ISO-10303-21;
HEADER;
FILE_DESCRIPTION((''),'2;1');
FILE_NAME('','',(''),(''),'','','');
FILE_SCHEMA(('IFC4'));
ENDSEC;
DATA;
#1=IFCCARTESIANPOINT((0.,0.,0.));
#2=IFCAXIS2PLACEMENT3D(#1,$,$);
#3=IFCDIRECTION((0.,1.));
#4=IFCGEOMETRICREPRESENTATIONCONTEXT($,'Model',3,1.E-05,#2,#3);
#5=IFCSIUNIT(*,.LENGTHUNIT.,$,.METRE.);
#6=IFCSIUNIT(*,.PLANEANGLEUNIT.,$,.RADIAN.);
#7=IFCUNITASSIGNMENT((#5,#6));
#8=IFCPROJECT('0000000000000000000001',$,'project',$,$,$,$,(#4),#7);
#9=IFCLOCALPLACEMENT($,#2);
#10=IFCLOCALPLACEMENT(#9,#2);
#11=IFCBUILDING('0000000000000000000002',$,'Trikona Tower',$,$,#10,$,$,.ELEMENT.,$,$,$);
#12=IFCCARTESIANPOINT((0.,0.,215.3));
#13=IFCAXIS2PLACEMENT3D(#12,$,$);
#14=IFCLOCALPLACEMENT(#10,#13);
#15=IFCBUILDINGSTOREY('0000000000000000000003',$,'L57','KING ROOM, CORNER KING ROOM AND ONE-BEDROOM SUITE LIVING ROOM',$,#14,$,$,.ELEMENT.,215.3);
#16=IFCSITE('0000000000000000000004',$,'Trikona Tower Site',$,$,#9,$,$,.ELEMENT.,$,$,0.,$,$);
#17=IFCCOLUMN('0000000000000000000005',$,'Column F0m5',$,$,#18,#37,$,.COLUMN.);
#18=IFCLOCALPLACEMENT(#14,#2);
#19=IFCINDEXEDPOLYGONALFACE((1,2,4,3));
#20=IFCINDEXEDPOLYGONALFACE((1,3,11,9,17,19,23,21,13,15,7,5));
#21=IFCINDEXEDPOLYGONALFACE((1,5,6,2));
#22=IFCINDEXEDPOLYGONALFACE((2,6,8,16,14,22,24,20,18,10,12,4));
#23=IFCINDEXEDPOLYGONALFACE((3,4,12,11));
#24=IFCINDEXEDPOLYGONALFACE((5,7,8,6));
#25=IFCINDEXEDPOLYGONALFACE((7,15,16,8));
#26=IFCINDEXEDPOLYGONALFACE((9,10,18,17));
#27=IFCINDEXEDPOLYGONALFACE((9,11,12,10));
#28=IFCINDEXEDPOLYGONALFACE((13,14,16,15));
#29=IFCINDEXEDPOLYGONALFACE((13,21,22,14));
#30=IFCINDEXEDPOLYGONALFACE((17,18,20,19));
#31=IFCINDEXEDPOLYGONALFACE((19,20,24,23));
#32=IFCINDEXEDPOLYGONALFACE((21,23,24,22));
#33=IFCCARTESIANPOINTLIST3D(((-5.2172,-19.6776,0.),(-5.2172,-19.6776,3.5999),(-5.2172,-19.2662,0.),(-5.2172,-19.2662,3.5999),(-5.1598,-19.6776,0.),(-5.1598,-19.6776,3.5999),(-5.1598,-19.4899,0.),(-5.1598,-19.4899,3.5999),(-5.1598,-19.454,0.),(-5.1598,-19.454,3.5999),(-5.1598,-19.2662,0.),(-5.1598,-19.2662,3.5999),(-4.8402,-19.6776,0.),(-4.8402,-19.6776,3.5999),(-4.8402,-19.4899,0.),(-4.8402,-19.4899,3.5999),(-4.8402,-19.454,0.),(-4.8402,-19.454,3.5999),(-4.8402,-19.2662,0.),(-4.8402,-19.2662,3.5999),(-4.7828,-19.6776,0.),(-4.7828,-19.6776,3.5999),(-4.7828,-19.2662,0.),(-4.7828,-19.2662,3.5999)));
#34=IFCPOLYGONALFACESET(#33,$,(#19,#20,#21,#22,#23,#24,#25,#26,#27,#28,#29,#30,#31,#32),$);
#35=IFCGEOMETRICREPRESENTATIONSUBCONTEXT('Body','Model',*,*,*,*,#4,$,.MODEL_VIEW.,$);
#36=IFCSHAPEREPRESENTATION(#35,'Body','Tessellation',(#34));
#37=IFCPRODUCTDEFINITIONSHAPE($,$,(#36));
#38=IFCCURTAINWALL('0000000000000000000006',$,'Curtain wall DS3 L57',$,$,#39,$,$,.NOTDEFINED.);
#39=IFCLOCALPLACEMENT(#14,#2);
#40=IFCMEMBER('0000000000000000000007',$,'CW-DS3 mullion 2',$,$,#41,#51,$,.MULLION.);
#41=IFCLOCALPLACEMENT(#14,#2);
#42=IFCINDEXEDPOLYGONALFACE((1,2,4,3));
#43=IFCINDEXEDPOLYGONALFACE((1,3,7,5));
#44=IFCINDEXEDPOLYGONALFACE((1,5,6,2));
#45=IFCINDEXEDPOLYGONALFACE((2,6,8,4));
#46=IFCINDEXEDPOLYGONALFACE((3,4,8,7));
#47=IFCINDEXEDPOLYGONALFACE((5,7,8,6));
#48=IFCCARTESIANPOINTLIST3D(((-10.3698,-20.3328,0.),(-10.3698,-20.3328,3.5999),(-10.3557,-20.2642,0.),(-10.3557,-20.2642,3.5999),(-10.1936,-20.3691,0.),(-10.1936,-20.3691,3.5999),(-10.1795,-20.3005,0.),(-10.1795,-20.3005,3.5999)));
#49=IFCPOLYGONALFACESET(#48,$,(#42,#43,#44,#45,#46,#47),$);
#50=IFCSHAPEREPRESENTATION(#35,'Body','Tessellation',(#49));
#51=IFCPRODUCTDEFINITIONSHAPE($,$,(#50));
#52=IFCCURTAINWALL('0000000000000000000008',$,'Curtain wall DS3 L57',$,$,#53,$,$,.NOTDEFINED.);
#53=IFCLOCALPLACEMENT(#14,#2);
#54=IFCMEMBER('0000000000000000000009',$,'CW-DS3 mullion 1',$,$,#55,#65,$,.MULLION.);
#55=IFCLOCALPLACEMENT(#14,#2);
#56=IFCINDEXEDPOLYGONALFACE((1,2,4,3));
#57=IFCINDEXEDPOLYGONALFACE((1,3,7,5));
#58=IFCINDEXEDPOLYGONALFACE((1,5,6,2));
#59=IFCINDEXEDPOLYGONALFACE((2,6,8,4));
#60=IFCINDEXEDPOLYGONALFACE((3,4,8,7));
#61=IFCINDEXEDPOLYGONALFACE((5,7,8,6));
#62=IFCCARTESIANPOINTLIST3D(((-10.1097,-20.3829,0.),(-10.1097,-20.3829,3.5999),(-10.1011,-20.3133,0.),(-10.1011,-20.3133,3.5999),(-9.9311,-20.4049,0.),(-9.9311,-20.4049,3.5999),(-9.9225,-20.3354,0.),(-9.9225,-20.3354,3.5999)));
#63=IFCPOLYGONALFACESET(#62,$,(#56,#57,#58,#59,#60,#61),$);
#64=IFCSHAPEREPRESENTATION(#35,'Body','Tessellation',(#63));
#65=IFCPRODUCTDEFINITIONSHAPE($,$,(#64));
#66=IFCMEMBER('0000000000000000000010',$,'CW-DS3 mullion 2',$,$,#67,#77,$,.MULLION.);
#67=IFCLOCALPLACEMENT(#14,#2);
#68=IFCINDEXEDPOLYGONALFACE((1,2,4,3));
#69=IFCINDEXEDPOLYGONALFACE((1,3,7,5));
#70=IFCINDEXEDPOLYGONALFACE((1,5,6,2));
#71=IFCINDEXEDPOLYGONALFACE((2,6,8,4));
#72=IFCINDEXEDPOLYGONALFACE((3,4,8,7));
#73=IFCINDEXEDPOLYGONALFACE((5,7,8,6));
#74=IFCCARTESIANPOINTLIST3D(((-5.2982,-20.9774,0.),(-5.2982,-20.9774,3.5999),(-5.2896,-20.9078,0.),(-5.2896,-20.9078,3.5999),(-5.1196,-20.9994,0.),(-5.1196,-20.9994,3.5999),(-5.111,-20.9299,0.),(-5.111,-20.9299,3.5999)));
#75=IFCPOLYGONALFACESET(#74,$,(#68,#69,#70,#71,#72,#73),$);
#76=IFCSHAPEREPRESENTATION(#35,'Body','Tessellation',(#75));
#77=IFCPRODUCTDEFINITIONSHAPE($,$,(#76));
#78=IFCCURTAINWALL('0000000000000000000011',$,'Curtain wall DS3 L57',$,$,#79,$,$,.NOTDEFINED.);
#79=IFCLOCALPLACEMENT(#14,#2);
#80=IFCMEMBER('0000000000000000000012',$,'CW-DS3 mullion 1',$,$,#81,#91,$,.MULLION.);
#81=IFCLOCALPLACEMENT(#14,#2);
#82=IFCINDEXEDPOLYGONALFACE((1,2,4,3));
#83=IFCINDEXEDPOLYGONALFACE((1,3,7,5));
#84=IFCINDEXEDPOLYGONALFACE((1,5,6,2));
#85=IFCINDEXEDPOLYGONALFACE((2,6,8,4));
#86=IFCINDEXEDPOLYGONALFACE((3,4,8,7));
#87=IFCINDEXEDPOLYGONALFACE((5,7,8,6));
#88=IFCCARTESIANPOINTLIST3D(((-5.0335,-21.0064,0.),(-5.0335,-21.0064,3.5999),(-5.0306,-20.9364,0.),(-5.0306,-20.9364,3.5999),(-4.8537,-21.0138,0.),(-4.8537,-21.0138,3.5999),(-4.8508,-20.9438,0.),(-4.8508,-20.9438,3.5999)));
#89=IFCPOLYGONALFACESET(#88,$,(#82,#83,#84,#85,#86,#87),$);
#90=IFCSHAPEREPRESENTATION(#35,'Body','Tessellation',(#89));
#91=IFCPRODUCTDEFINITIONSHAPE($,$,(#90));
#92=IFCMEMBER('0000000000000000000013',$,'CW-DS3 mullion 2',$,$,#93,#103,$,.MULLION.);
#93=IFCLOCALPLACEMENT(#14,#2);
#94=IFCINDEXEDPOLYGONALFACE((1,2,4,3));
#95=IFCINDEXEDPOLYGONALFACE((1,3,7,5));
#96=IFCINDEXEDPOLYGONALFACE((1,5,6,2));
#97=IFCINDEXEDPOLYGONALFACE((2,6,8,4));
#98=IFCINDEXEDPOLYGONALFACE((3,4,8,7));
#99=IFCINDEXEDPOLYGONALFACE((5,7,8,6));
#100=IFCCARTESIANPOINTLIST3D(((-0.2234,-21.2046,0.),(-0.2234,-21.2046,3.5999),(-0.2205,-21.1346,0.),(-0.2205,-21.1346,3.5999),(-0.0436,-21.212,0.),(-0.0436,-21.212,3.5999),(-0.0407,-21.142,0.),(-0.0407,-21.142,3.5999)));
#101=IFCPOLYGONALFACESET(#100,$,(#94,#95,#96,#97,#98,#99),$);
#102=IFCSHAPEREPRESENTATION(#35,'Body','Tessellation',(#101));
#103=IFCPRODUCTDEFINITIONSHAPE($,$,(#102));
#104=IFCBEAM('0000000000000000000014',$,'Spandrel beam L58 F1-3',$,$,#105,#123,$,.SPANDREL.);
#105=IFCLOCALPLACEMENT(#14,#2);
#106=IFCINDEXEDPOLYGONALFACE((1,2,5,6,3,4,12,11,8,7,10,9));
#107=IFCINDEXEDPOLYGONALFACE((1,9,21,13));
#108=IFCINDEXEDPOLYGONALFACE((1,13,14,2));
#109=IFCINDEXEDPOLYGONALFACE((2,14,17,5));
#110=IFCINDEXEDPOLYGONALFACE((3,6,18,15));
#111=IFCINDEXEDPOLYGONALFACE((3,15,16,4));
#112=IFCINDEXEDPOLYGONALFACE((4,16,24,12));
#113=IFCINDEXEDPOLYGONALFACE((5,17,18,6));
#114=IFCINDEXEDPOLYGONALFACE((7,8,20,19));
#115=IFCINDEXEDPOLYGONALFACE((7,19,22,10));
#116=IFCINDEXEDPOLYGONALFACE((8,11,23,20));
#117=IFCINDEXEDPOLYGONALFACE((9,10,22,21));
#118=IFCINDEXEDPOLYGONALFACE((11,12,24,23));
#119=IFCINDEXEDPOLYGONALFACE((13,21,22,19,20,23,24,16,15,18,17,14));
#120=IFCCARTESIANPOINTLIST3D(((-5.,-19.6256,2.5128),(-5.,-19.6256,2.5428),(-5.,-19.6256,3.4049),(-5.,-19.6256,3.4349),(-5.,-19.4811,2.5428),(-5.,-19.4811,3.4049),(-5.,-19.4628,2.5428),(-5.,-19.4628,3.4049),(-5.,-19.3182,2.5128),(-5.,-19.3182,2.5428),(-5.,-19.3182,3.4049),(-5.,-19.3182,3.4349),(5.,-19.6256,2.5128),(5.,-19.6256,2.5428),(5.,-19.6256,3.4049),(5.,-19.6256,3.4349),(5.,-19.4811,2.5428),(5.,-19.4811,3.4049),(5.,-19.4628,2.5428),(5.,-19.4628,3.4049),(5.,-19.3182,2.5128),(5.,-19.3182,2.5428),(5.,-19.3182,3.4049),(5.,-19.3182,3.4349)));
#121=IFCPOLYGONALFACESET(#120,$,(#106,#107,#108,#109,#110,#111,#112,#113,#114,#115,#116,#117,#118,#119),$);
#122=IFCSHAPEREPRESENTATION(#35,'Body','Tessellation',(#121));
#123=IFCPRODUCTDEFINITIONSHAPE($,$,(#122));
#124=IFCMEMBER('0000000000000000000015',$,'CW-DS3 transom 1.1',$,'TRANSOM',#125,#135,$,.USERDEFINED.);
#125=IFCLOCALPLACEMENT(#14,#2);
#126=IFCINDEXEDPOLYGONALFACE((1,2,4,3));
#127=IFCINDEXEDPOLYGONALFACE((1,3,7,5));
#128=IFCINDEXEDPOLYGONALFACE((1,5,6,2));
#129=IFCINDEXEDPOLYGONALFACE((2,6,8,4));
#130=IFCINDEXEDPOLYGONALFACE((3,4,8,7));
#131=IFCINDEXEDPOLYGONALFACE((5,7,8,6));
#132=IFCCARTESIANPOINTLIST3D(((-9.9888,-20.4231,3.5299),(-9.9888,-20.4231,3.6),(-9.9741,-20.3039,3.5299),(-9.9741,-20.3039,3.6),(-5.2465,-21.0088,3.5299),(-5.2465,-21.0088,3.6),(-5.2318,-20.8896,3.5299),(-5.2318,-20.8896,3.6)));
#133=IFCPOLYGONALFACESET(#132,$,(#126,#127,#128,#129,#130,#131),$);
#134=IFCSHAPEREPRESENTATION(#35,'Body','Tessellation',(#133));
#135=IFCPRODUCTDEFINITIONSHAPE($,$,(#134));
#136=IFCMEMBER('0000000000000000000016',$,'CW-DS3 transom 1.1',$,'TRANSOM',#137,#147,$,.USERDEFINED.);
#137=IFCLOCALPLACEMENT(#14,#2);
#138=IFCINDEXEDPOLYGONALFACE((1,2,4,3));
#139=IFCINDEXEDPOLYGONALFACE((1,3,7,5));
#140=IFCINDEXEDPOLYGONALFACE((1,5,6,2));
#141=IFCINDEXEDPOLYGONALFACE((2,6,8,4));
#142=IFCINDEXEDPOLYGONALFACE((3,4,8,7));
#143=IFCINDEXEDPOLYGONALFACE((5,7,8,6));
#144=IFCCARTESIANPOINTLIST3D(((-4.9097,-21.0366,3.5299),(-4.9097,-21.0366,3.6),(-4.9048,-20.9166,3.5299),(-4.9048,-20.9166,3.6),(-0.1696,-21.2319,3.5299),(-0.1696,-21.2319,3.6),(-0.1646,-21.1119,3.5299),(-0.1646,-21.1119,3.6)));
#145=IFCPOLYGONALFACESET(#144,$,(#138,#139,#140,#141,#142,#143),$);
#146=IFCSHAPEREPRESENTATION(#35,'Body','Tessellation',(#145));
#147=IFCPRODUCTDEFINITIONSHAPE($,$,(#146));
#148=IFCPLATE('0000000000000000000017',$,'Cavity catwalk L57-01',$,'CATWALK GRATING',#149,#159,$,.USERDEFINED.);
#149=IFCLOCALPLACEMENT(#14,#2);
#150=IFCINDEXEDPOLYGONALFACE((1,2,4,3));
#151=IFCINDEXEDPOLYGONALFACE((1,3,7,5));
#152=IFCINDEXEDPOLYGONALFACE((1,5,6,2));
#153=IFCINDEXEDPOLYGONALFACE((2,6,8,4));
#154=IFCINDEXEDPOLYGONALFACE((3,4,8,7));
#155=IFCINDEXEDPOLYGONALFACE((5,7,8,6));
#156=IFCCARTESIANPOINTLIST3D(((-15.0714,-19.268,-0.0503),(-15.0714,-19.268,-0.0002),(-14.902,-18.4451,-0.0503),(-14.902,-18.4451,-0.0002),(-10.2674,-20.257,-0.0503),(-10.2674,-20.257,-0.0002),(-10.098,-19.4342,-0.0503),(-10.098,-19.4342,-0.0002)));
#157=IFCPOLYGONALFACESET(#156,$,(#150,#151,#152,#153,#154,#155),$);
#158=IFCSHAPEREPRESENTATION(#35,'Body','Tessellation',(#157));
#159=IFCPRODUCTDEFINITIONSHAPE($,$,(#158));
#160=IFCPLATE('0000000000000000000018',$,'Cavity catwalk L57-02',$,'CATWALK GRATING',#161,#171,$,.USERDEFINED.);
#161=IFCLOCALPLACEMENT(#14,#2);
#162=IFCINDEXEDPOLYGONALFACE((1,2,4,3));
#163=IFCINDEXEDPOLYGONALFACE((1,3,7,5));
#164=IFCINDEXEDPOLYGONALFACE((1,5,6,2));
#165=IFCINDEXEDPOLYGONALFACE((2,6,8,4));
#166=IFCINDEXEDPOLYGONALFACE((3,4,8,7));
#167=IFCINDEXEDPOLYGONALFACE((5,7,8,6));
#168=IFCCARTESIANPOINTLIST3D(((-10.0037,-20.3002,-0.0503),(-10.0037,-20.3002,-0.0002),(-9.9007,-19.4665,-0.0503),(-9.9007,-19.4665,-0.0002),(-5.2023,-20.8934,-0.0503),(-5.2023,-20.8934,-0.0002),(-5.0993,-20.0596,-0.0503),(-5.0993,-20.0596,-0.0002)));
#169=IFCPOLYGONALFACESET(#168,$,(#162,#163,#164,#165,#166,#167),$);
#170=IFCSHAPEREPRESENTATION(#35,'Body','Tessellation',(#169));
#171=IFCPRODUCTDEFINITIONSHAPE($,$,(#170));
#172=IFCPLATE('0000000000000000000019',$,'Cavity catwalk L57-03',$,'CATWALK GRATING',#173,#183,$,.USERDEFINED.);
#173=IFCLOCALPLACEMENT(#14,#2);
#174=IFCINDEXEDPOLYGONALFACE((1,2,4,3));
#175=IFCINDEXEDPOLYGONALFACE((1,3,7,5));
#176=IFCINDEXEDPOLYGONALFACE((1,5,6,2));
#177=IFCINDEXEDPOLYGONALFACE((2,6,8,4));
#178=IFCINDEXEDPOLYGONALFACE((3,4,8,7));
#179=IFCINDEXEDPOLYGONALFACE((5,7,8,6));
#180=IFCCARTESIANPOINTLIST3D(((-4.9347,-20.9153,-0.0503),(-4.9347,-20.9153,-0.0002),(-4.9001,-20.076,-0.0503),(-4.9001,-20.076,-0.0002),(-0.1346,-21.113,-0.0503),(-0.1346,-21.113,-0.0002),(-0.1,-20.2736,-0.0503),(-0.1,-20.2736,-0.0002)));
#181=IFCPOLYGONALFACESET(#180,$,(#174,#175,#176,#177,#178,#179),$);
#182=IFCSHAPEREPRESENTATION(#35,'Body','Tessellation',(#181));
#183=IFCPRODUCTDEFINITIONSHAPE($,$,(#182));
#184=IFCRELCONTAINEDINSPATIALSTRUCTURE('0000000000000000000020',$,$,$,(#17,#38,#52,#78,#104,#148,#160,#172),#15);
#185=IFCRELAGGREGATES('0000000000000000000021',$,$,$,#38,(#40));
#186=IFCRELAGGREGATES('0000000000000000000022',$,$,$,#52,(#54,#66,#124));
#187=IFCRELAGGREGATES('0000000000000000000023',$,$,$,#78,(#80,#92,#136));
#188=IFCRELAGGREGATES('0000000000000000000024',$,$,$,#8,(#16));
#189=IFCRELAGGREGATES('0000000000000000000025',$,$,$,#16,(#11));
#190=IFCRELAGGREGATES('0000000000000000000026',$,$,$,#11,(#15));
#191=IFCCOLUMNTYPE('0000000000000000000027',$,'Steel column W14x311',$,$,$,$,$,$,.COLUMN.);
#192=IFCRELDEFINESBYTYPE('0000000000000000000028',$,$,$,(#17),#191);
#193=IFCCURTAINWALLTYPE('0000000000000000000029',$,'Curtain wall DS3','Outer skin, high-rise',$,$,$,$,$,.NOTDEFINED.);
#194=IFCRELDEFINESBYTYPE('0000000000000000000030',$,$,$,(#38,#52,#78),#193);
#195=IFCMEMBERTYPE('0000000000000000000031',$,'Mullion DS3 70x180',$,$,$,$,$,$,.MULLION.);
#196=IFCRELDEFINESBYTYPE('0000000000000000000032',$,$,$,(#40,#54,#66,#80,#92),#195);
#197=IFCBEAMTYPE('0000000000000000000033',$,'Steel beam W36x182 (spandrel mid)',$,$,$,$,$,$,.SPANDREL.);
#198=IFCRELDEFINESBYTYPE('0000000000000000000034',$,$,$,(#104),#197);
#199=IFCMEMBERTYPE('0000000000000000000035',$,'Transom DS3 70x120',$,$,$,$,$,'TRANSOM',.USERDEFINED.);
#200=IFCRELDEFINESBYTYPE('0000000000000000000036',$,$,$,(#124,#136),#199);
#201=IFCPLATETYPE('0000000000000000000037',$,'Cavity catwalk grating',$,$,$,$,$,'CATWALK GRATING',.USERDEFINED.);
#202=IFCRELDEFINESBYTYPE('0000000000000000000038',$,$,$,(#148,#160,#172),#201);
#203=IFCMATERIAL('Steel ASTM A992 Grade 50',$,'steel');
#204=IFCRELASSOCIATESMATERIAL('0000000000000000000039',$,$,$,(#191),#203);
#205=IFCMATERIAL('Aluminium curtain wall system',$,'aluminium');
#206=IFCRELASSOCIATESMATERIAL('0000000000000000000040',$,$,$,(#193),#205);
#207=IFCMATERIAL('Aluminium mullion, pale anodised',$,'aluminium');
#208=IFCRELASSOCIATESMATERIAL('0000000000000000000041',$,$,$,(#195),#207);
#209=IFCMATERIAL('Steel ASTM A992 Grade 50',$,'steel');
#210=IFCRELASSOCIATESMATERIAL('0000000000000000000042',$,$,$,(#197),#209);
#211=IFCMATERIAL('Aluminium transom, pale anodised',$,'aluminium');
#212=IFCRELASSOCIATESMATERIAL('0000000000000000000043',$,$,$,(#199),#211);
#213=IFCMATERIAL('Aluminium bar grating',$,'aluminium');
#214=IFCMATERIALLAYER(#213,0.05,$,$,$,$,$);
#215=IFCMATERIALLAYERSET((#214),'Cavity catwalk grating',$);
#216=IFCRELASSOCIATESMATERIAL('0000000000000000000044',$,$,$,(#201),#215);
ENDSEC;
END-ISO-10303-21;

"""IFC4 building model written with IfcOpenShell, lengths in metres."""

from ifc_helpers import new_model, si_unit, direction, frame, origin, origin_2d, place, context, subcontext, project, spatial, rectangle, i_section, extrude, material, layer, layer_set, material_profile, profile_set, type_object, element, aggregate, save


model = new_model("IFC4")

# Units and contexts
model_context = context("Model", 3, precision=1e-05, world=origin(), true_north=direction((0.0, 1.0)))
body_context = subcontext(model_context, "Body", "Model", "MODEL_VIEW")
ifc_project = project(units=[si_unit("LENGTHUNIT", "METRE"), si_unit("PLANEANGLEUNIT", "RADIAN")], contexts=[model_context])

# Site, building, storey
site_placement = place(None, origin())
site = spatial("IfcSite", under=ifc_project, at=site_placement, Name="Trikona Tower Site", CompositionType="ELEMENT", RefElevation=0.0)
building_placement = place(site_placement, origin())
building = spatial("IfcBuilding", under=site, at=building_placement, Name="Trikona Tower", CompositionType="ELEMENT")
storey_placement = place(building_placement, frame((0.0, 0.0, 215.3)))
storey = spatial("IfcBuildingStorey", under=building, at=storey_placement, Name="L57", Description="KING ROOM, CORNER KING ROOM AND ONE-BEDROOM SUITE LIVING ROOM", CompositionType="ELEMENT", Elevation=215.3)

# Column
ifc_material_1 = material(Name="Steel ASTM A992 Grade 50", Category="steel")
ifc_material_profile_1 = material_profile(ifc_material_1, i_section(OverallWidth=0.4114, OverallDepth=0.4343, WebThickness=0.0359, FlangeThickness=0.0574, at=origin_2d()), Name="W14X311")
ifc_profile_set_1 = profile_set([ifc_material_profile_1], Name="Steel ASTM A992 Grade 50")
column_type = type_object("IfcColumnType", Name="Steel column W14x311", PredefinedType="COLUMN", material=ifc_profile_set_1)
column_placement = place(storey_placement, frame((-5.0, -19.4719, 0.0), z_axis=(0.0, 0.0, 1.0), x_axis=(0.0, -1.0, 0.0)))
element("IfcColumn", 1, at=column_placement, inside=storey, type_object=column_type, Name="Column F0m5", PredefinedType="COLUMN", context=body_context, shape_type="SweptSolid", body=[
    extrude(i_section(OverallWidth=0.4114, OverallDepth=0.4343, WebThickness=0.0359, FlangeThickness=0.0574, at=origin_2d()), origin(), (0.0, 0.0, 1.0), 3.5999),
])

# Curtain wall, member
ifc_material_2 = material(Name="Aluminium curtain wall system", Category="aluminium")
curtain_wall_type = type_object("IfcCurtainWallType", Name="Curtain wall DS3", Description="Outer skin, high-rise", PredefinedType="NOTDEFINED", material=ifc_material_2)
curtain_wall_1_placement = place(storey_placement, origin())
curtain_wall_1 = element("IfcCurtainWall", 2, at=curtain_wall_1_placement, inside=storey, type_object=curtain_wall_type, Name="Curtain wall DS3 L57", PredefinedType="NOTDEFINED")
ifc_material_3 = material(Name="Aluminium mullion, pale anodised", Category="aluminium")
ifc_material_profile_2 = material_profile(ifc_material_3, rectangle(XDim=0.0701, YDim=0.1799, at=origin_2d()), Name="MUL-DS3")
ifc_profile_set_2 = profile_set([ifc_material_profile_2], Name="Aluminium mullion, pale anodised")
member_type_1 = type_object("IfcMemberType", Name="Mullion DS3 70x180", PredefinedType="MULLION", material=ifc_profile_set_2)
member_1_placement = place(storey_placement, frame((-10.2747, -20.3167, 0.0), z_axis=(0.0, 0.0, 1.0), x_axis=(0.201653, 0.979457, 0.0)))
member_1 = element("IfcMember", 3, at=member_1_placement, type_object=member_type_1, Name="CW-DS3 mullion 2", PredefinedType="MULLION", context=body_context, shape_type="SweptSolid", body=[
    extrude(rectangle(XDim=0.0701, YDim=0.1799, at=origin_2d()), origin(), (0.0, 0.0, 1.0), 3.5999),
])

# Curtain walls, members
curtain_wall_2_placement = place(storey_placement, origin())
curtain_wall_2 = element("IfcCurtainWall", 4, at=curtain_wall_2_placement, inside=storey, type_object=curtain_wall_type, Name="Curtain wall DS3 L57", PredefinedType="NOTDEFINED")
member_2_placement = place(storey_placement, frame((-10.0161, -20.3591, 0.0), z_axis=(0.0, 0.0, 1.0), x_axis=(0.122611, 0.992455, 0.0)))
member_2 = element("IfcMember", 5, at=member_2_placement, type_object=member_type_1, Name="CW-DS3 mullion 1", PredefinedType="MULLION", context=body_context, shape_type="SweptSolid", body=[
    extrude(rectangle(XDim=0.0701, YDim=0.1799, at=origin_2d()), origin(), (0.0, 0.0, 1.0), 3.5999),
])
member_3_placement = place(storey_placement, frame((-5.2046, -20.9536, 0.0), z_axis=(0.0, 0.0, 1.0), x_axis=(0.122611, 0.992455, 0.0)))
member_3 = element("IfcMember", 6, at=member_3_placement, type_object=member_type_1, Name="CW-DS3 mullion 2", PredefinedType="MULLION", context=body_context, shape_type="SweptSolid", body=[
    extrude(rectangle(XDim=0.0701, YDim=0.1799, at=origin_2d()), origin(), (0.0, 0.0, 1.0), 3.5999),
])
curtain_wall_3_placement = place(storey_placement, origin())
curtain_wall_3 = element("IfcCurtainWall", 7, at=curtain_wall_3_placement, inside=storey, type_object=curtain_wall_type, Name="Curtain wall DS3 L57", PredefinedType="NOTDEFINED")
member_4_placement = place(storey_placement, frame((-4.9421, -20.9751, 0.0), z_axis=(0.0, 0.0, 1.0), x_axis=(0.041153, 0.999153, 0.0)))
member_4 = element("IfcMember", 8, at=member_4_placement, type_object=member_type_1, Name="CW-DS3 mullion 1", PredefinedType="MULLION", context=body_context, shape_type="SweptSolid", body=[
    extrude(rectangle(XDim=0.0701, YDim=0.1799, at=origin_2d()), origin(), (0.0, 0.0, 1.0), 3.5999),
])
member_5_placement = place(storey_placement, frame((-0.1321, -21.1733, 0.0), z_axis=(0.0, 0.0, 1.0), x_axis=(0.041153, 0.999153, 0.0)))
member_5 = element("IfcMember", 9, at=member_5_placement, type_object=member_type_1, Name="CW-DS3 mullion 2", PredefinedType="MULLION", context=body_context, shape_type="SweptSolid", body=[
    extrude(rectangle(XDim=0.0701, YDim=0.1799, at=origin_2d()), origin(), (0.0, 0.0, 1.0), 3.5999),
])

# Beam
ifc_material_4 = material(Name="Steel ASTM A992 Grade 50", Category="steel")
ifc_material_profile_3 = material_profile(ifc_material_4, i_section(OverallWidth=0.3074, OverallDepth=0.9221, WebThickness=0.0183, FlangeThickness=0.03, at=origin_2d()), Name="W36X182")
ifc_profile_set_3 = profile_set([ifc_material_profile_3], Name="Steel ASTM A992 Grade 50")
beam_type = type_object("IfcBeamType", Name="Steel beam W36x182 (spandrel mid)", PredefinedType="SPANDREL", material=ifc_profile_set_3)
beam_placement = place(storey_placement, frame((-5.0, -19.4719, 2.9739), z_axis=(1.0, 0.0, 0.0), x_axis=(0.0, 1.0, 0.0)))
element("IfcBeam", 10, at=beam_placement, inside=storey, type_object=beam_type, Name="Spandrel beam L58 F1-3", PredefinedType="SPANDREL", context=body_context, shape_type="SweptSolid", body=[
    extrude(i_section(OverallWidth=0.3074, OverallDepth=0.9221, WebThickness=0.0183, FlangeThickness=0.03, at=origin_2d()), origin(), (0.0, 0.0, 1.0), 10.0),
])

# Members
ifc_material_5 = material(Name="Aluminium transom, pale anodised", Category="aluminium")
ifc_material_profile_4 = material_profile(ifc_material_5, rectangle(XDim=0.1201, YDim=0.0701, at=origin_2d()), Name="TRN-DS3")
ifc_profile_set_4 = profile_set([ifc_material_profile_4], Name="Aluminium transom, pale anodised")
member_type_2 = type_object("IfcMemberType", Name="Transom DS3 70x120", ElementType="TRANSOM", PredefinedType="USERDEFINED", material=ifc_profile_set_4)
member_6_placement = place(storey_placement, frame((-9.9814, -20.3635, 3.5649), z_axis=(0.992459, -0.122576, 0.0), x_axis=(0.122576, 0.992459, 0.0)))
member_6 = element("IfcMember", 11, at=member_6_placement, type_object=member_type_2, Name="CW-DS3 transom 1.1", ObjectType="TRANSOM", PredefinedType="USERDEFINED", context=body_context, shape_type="SweptSolid", body=[
    extrude(rectangle(XDim=0.1201, YDim=0.0701, at=origin_2d()), origin(), (0.0, 0.0, 1.0), 4.7783),
])
member_7_placement = place(storey_placement, frame((-4.9072, -20.9766, 3.5649), z_axis=(0.999152, -0.041168, 0.0), x_axis=(0.041168, 0.999152, 0.0)))
member_7 = element("IfcMember", 12, at=member_7_placement, type_object=member_type_2, Name="CW-DS3 transom 1.1", ObjectType="TRANSOM", PredefinedType="USERDEFINED", context=body_context, shape_type="SweptSolid", body=[
    extrude(rectangle(XDim=0.1201, YDim=0.0701, at=origin_2d()), origin(), (0.0, 0.0, 1.0), 4.7441),
])

# Plates
ifc_material_6 = material(Name="Aluminium bar grating", Category="aluminium")
ifc_layer_1 = layer(ifc_material_6, 0.05)
ifc_layer_set_1 = layer_set([ifc_layer_1], Name="Cavity catwalk grating")
plate_type_1 = type_object("IfcPlateType", Name="Cavity catwalk grating", ElementType="CATWALK GRATING", PredefinedType="USERDEFINED", material=ifc_layer_set_1)
plate_1_placement = place(storey_placement, frame((-12.5847, -19.3511, -0.0503), z_axis=(0.0, 0.0, 1.0), x_axis=(0.979458, -0.201651, 0.0)))
element("IfcPlate", 13, at=plate_1_placement, inside=storey, type_object=plate_type_1, Name="Cavity catwalk L57-01", ObjectType="CATWALK GRATING", PredefinedType="USERDEFINED", context=body_context, shape_type="SweptSolid", body=[
    extrude(rectangle(XDim=4.9048, YDim=0.8401, at=origin_2d()), origin(), (0.0, 0.0, 1.0), 0.05),
])
plate_2_placement = place(storey_placement, frame((-7.5515, -20.1799, -0.0503), z_axis=(0.0, 0.0, 1.0), x_axis=(0.992455, -0.122607, 0.0)))
element("IfcPlate", 14, at=plate_2_placement, inside=storey, type_object=plate_type_1, Name="Cavity catwalk L57-02", ObjectType="CATWALK GRATING", PredefinedType="USERDEFINED", context=body_context, shape_type="SweptSolid", body=[
    extrude(rectangle(XDim=4.8379, YDim=0.8401, at=origin_2d()), origin(), (0.0, 0.0, 1.0), 0.05),
])
plate_3_placement = place(storey_placement, frame((-2.5173, -20.5945, -0.0503), z_axis=(0.0, 0.0, 1.0), x_axis=(0.999153, -0.041145, 0.0)))
element("IfcPlate", 15, at=plate_3_placement, inside=storey, type_object=plate_type_1, Name="Cavity catwalk L57-03", ObjectType="CATWALK GRATING", PredefinedType="USERDEFINED", context=body_context, shape_type="SweptSolid", body=[
    extrude(rectangle(XDim=4.8042, YDim=0.8401, at=origin_2d()), origin(), (0.0, 0.0, 1.0), 0.05),
])

aggregate(curtain_wall_1, [member_1])
aggregate(curtain_wall_2, [member_2, member_3, member_6])
aggregate(curtain_wall_3, [member_4, member_5, member_7])

save(model, "model.ifc")
